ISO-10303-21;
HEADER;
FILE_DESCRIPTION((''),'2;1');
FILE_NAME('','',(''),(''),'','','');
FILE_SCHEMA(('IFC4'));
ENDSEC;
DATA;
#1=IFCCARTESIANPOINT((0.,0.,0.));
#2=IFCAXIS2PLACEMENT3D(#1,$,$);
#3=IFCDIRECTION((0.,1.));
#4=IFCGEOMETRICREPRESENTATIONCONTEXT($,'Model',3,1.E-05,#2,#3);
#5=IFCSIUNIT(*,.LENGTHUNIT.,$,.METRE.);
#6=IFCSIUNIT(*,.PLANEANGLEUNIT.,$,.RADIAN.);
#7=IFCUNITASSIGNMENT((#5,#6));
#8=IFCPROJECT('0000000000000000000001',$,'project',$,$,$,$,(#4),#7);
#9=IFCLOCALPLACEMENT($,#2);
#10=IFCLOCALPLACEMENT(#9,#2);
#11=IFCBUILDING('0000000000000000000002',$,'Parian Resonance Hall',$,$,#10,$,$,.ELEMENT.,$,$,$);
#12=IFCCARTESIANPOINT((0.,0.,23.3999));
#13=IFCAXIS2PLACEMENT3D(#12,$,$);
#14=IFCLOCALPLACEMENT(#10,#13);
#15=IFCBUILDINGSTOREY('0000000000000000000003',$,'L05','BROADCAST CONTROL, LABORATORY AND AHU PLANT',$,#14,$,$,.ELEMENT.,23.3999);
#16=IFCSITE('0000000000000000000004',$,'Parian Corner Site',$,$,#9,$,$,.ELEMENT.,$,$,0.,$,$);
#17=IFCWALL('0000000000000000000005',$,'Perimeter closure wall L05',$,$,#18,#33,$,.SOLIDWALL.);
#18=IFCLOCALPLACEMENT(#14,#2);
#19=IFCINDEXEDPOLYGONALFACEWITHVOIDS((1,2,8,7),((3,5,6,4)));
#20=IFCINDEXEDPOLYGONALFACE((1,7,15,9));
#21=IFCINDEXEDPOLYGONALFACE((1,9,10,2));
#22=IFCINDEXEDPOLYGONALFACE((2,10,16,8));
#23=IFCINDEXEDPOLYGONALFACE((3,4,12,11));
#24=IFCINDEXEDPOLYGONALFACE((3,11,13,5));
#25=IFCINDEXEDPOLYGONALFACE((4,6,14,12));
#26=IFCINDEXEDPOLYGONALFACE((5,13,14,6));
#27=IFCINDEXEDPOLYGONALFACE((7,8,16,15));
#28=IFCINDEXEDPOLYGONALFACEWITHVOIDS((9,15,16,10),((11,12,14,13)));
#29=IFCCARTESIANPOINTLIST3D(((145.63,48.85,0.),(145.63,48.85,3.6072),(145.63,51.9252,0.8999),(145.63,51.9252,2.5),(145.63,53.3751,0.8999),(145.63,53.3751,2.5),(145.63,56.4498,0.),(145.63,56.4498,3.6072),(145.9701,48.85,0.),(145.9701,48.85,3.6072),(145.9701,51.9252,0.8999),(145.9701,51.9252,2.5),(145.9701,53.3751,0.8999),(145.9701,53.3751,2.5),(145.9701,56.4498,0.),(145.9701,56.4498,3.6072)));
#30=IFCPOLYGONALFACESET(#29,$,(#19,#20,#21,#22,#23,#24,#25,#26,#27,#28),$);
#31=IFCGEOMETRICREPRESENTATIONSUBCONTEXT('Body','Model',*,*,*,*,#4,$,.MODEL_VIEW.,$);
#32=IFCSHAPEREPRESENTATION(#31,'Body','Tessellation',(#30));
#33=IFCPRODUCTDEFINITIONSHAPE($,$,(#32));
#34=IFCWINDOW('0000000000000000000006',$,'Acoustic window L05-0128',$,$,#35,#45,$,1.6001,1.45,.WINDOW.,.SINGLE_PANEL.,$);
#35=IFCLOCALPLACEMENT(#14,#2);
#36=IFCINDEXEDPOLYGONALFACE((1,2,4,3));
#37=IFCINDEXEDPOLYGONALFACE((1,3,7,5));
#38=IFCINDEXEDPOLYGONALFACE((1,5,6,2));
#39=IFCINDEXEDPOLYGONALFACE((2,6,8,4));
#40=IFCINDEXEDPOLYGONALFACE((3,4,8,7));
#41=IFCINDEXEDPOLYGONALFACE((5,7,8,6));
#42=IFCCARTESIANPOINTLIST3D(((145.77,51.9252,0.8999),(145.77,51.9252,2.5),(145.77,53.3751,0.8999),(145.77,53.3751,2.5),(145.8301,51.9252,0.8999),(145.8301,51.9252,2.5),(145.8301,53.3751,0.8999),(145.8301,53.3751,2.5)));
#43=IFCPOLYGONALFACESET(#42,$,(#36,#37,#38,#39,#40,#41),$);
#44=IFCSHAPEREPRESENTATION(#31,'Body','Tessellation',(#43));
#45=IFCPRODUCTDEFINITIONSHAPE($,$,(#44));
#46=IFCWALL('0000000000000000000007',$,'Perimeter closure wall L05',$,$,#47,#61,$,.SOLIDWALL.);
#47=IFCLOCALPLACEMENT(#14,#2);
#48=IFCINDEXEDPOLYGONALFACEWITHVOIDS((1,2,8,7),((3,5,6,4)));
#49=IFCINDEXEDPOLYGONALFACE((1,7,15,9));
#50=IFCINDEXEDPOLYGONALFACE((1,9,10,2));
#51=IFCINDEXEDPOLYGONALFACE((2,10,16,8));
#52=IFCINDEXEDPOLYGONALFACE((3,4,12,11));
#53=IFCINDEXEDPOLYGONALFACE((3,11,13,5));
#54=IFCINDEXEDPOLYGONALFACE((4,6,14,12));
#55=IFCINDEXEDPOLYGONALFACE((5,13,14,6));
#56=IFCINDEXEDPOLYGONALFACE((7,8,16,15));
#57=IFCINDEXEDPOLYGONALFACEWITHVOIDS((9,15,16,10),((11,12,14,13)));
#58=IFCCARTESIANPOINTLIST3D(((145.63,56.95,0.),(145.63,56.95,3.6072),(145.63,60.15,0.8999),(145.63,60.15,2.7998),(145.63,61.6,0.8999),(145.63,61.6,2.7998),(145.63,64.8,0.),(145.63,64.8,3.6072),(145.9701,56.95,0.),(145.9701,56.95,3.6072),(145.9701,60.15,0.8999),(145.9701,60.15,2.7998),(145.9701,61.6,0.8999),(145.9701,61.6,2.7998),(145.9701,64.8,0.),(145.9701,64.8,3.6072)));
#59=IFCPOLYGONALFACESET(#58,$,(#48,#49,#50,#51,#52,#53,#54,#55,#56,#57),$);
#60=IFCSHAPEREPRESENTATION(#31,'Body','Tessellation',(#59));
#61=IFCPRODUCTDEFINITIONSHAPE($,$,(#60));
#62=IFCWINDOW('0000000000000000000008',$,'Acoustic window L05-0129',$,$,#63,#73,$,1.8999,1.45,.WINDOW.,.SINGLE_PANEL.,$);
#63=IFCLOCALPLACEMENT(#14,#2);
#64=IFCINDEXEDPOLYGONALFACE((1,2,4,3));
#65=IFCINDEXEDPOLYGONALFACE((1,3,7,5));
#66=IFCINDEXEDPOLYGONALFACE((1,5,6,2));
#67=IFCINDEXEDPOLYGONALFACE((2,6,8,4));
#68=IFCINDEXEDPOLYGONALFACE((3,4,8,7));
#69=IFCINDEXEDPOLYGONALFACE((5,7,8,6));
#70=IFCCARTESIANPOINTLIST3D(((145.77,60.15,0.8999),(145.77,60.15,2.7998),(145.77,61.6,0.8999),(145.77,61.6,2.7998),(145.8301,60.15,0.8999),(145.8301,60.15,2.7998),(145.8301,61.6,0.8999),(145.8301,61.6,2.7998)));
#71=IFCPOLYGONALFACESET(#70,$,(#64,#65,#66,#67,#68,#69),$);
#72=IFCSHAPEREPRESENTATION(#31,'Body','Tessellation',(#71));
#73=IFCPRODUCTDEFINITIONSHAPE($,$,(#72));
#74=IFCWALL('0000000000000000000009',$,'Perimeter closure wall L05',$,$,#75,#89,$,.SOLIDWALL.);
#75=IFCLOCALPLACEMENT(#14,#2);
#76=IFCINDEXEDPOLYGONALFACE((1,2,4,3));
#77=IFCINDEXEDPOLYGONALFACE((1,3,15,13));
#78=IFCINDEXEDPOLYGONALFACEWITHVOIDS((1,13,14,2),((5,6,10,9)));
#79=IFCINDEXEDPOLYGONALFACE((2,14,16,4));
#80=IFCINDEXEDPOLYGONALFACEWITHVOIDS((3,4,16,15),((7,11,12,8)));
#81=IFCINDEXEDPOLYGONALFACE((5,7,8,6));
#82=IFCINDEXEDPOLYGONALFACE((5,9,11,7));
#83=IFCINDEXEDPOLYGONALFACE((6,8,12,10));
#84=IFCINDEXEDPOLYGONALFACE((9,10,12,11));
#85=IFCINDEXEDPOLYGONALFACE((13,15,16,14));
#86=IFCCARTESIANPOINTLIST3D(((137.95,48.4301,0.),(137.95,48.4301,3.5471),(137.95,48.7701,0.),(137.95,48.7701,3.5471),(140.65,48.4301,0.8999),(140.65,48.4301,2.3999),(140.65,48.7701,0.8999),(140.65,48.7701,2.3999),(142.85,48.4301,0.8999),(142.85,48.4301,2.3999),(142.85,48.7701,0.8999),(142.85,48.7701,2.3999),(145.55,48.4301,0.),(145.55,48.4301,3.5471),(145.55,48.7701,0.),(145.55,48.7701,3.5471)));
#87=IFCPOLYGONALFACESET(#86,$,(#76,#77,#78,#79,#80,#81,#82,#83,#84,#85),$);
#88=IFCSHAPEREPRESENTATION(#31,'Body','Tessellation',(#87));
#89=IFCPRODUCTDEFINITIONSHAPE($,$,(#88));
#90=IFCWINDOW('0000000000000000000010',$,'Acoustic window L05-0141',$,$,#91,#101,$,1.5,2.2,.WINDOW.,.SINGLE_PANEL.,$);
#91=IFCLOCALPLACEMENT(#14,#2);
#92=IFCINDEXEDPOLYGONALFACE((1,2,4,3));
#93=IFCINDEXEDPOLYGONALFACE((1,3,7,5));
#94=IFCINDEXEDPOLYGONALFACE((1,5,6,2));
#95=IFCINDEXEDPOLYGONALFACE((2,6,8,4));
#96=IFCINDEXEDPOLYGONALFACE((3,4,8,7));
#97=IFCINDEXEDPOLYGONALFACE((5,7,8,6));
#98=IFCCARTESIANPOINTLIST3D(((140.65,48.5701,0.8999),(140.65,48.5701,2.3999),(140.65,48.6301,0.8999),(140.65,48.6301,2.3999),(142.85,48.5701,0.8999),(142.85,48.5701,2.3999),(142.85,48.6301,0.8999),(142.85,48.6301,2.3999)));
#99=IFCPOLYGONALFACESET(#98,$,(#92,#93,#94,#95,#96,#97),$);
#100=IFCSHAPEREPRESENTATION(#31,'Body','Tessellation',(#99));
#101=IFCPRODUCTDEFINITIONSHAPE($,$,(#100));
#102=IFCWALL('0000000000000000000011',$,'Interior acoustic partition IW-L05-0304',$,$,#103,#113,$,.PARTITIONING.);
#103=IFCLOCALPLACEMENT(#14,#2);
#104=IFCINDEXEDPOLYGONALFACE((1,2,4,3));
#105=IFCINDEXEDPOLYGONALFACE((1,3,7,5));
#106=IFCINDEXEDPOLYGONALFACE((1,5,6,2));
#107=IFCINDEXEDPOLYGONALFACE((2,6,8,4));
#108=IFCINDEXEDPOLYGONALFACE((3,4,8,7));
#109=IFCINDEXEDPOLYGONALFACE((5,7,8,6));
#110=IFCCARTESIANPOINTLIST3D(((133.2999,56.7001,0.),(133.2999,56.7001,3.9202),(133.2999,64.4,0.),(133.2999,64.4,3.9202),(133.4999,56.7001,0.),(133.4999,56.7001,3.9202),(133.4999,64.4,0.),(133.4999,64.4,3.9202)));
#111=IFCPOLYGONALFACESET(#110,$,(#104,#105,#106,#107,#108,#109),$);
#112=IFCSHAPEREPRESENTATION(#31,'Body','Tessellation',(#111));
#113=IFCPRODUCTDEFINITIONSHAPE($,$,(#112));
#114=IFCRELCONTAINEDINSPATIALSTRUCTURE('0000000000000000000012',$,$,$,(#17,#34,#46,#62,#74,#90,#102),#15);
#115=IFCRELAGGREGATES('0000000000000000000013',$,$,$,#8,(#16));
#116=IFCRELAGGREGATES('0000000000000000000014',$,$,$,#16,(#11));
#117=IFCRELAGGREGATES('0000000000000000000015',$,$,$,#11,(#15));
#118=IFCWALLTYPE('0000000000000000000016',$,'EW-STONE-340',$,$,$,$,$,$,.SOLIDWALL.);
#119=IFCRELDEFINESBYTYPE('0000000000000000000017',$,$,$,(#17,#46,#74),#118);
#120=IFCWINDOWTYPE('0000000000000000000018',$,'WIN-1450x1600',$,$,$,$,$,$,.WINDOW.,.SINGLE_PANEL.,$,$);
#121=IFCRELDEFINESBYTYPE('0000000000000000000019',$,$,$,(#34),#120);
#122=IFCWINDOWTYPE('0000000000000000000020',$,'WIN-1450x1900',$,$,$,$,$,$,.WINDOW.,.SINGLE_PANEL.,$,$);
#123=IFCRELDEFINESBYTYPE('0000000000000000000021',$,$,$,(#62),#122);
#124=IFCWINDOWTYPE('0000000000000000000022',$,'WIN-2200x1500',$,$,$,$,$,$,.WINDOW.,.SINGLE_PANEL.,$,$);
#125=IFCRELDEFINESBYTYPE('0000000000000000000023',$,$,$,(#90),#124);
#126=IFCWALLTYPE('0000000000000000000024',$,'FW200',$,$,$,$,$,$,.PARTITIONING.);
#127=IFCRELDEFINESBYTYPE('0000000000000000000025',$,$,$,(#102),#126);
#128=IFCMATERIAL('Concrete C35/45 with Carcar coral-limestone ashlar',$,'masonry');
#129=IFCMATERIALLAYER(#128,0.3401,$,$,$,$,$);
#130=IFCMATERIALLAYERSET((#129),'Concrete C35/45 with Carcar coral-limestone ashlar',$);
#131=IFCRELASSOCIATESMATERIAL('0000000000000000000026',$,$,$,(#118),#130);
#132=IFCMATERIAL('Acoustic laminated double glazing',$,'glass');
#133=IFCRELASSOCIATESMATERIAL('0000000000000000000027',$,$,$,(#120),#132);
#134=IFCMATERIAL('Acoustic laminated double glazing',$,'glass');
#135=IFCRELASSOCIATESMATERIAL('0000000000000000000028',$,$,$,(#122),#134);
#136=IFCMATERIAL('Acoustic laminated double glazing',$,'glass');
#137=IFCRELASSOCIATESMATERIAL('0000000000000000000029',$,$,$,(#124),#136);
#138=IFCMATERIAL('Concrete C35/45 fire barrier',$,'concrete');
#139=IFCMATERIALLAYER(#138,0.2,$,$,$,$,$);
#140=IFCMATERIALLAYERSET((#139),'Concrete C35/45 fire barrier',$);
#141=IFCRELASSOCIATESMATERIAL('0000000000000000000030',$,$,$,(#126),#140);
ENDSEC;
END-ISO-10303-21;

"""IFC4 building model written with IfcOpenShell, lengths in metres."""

from ifc_helpers import new_model, si_unit, direction, frame, frame_2d, origin, place, context, subcontext, project, spatial, rectangle, extrude, material, layer, layer_set, type_object, element, fill, save


model = new_model("IFC4")

# Units and contexts
model_context = context("Model", 3, precision=1e-05, world=origin(), true_north=direction((0.0, 1.0)))
body_context = subcontext(model_context, "Body", "Model", "MODEL_VIEW")
ifc_project = project(units=[si_unit("LENGTHUNIT", "METRE"), si_unit("PLANEANGLEUNIT", "RADIAN")], contexts=[model_context])

# Site, building, storey
site_placement = place(None, origin())
site = spatial("IfcSite", under=ifc_project, at=site_placement, Name="Parian Corner Site", CompositionType="ELEMENT", RefElevation=0.0)
building_placement = place(site_placement, origin())
building = spatial("IfcBuilding", under=site, at=building_placement, Name="Parian Resonance Hall", CompositionType="ELEMENT")
storey_placement = place(building_placement, frame((0.0, 0.0, 23.3999)))
storey = spatial("IfcBuildingStorey", under=building, at=storey_placement, Name="L05", Description="BROADCAST CONTROL, LABORATORY AND AHU PLANT", CompositionType="ELEMENT", Elevation=23.3999)

# Walls, openings, windows
ifc_material_1 = material(Name="Concrete C35/45 with Carcar coral-limestone ashlar", Category="masonry")
ifc_layer_1 = layer(ifc_material_1, 0.3401)
ifc_layer_set_1 = layer_set([ifc_layer_1], Name="Concrete C35/45 with Carcar coral-limestone ashlar")
wall_type_1 = type_object("IfcWallType", Name="EW-STONE-340", PredefinedType="SOLIDWALL", material=ifc_layer_set_1)
wall_1_placement = place(storey_placement, frame((145.8, 48.8501, 0.0), z_axis=(0.0, 0.0, 1.0), x_axis=(0.0, 1.0, 0.0)))
wall_1 = element("IfcWall", 1, at=wall_1_placement, inside=storey, type_object=wall_type_1, Name="Perimeter closure wall L05", PredefinedType="SOLIDWALL", context=body_context, shape_type="SweptSolid", body=[
    extrude(rectangle(XDim=7.5999, YDim=0.3401, at=frame_2d((3.7998, 0.0))), origin(), (0.0, 0.0, 1.0), 3.6072),
])
opening_1_placement = place(wall_1_placement, frame((3.075, 0.0, 0.8999)))
opening_1 = element("IfcOpeningElement", 2, at=opening_1_placement, cuts=wall_1, PredefinedType="OPENING", context=body_context, shape_type="SweptSolid", body=[
    extrude(rectangle(XDim=1.45, YDim=1.6001, at=frame_2d((0.7251, 0.8))), frame((0.0, 0.1799, 0.0), z_axis=(0.0, -1.0, 0.0), x_axis=(1.0, 0.0, 0.0)), (0.0, 0.0, 1.0), 0.3601),
])
ifc_material_2 = material(Name="Acoustic laminated double glazing", Category="glass")
window_type_1 = type_object("IfcWindowType", Name="WIN-1450x1600", PartitioningType="SINGLE_PANEL", PredefinedType="WINDOW", material=ifc_material_2)
window_1_placement = place(opening_1_placement, origin())
window_1 = element("IfcWindow", 3, at=window_1_placement, inside=storey, type_object=window_type_1, Name="Acoustic window L05-0128", OverallHeight=1.6001, OverallWidth=1.45, PartitioningType="SINGLE_PANEL", PredefinedType="WINDOW", context=body_context, shape_type="SweptSolid", body=[
    extrude(rectangle(XDim=1.45, YDim=1.6001, at=frame_2d((0.7251, 0.8))), frame((0.0, 0.03, 0.0), z_axis=(0.0, -1.0, 0.0), x_axis=(1.0, 0.0, 0.0)), (0.0, 0.0, 1.0), 0.0601),
])
fill(opening_1, window_1)
wall_2_placement = place(storey_placement, frame((145.8, 56.95, 0.0), z_axis=(0.0, 0.0, 1.0), x_axis=(0.0, 1.0, 0.0)))
wall_2 = element("IfcWall", 4, at=wall_2_placement, inside=storey, type_object=wall_type_1, Name="Perimeter closure wall L05", PredefinedType="SOLIDWALL", context=body_context, shape_type="SweptSolid", body=[
    extrude(rectangle(XDim=7.8501, YDim=0.3401, at=frame_2d((3.925, 0.0))), origin(), (0.0, 0.0, 1.0), 3.6072),
])
opening_2_placement = place(wall_2_placement, frame((3.2, 0.0, 0.8999)))
opening_2 = element("IfcOpeningElement", 5, at=opening_2_placement, cuts=wall_2, PredefinedType="OPENING", context=body_context, shape_type="SweptSolid", body=[
    extrude(rectangle(XDim=1.45, YDim=1.8999, at=frame_2d((0.7251, 0.95))), frame((0.0, 0.1799, 0.0), z_axis=(0.0, -1.0, 0.0), x_axis=(1.0, 0.0, 0.0)), (0.0, 0.0, 1.0), 0.3601),
])
ifc_material_3 = material(Name="Acoustic laminated double glazing", Category="glass")
window_type_2 = type_object("IfcWindowType", Name="WIN-1450x1900", PartitioningType="SINGLE_PANEL", PredefinedType="WINDOW", material=ifc_material_3)
window_2_placement = place(opening_2_placement, origin())
window_2 = element("IfcWindow", 6, at=window_2_placement, inside=storey, type_object=window_type_2, Name="Acoustic window L05-0129", OverallHeight=1.8999, OverallWidth=1.45, PartitioningType="SINGLE_PANEL", PredefinedType="WINDOW", context=body_context, shape_type="SweptSolid", body=[
    extrude(rectangle(XDim=1.45, YDim=1.8999, at=frame_2d((0.7251, 0.95))), frame((0.0, 0.03, 0.0), z_axis=(0.0, -1.0, 0.0), x_axis=(1.0, 0.0, 0.0)), (0.0, 0.0, 1.0), 0.0601),
])
fill(opening_2, window_2)
wall_3_placement = place(storey_placement, frame((137.95, 48.6001, 0.0), z_axis=(0.0, 0.0, 1.0), x_axis=(1.0, 0.0, 0.0)))
wall_3 = element("IfcWall", 7, at=wall_3_placement, inside=storey, type_object=wall_type_1, Name="Perimeter closure wall L05", PredefinedType="SOLIDWALL", context=body_context, shape_type="SweptSolid", body=[
    extrude(rectangle(XDim=7.6001, YDim=0.3401, at=frame_2d((3.8, 0.0))), origin(), (0.0, 0.0, 1.0), 3.5471),
])
opening_3_placement = place(wall_3_placement, frame((2.7, 0.0, 0.8999)))
opening_3 = element("IfcOpeningElement", 8, at=opening_3_placement, cuts=wall_3, PredefinedType="OPENING", context=body_context, shape_type="SweptSolid", body=[
    extrude(rectangle(XDim=2.2, YDim=1.5, at=frame_2d((1.1001, 0.75))), frame((0.0, 0.1799, 0.0), z_axis=(0.0, -1.0, 0.0), x_axis=(1.0, 0.0, 0.0)), (0.0, 0.0, 1.0), 0.3601),
])
ifc_material_4 = material(Name="Acoustic laminated double glazing", Category="glass")
window_type_3 = type_object("IfcWindowType", Name="WIN-2200x1500", PartitioningType="SINGLE_PANEL", PredefinedType="WINDOW", material=ifc_material_4)
window_3_placement = place(opening_3_placement, origin())
window_3 = element("IfcWindow", 9, at=window_3_placement, inside=storey, type_object=window_type_3, Name="Acoustic window L05-0141", OverallHeight=1.5, OverallWidth=2.2, PartitioningType="SINGLE_PANEL", PredefinedType="WINDOW", context=body_context, shape_type="SweptSolid", body=[
    extrude(rectangle(XDim=2.2, YDim=1.5, at=frame_2d((1.1001, 0.75))), frame((0.0, 0.03, 0.0), z_axis=(0.0, -1.0, 0.0), x_axis=(1.0, 0.0, 0.0)), (0.0, 0.0, 1.0), 0.0601),
])
fill(opening_3, window_3)

# Wall
ifc_material_5 = material(Name="Concrete C35/45 fire barrier", Category="concrete")
ifc_layer_2 = layer(ifc_material_5, 0.2)
ifc_layer_set_2 = layer_set([ifc_layer_2], Name="Concrete C35/45 fire barrier")
wall_type_2 = type_object("IfcWallType", Name="FW200", PredefinedType="PARTITIONING", material=ifc_layer_set_2)
wall_4_placement = place(storey_placement, frame((133.3999, 56.7, 0.0), z_axis=(0.0, 0.0, 1.0), x_axis=(0.0, 1.0, 0.0)))
element("IfcWall", 10, at=wall_4_placement, inside=storey, type_object=wall_type_2, Name="Interior acoustic partition IW-L05-0304", PredefinedType="PARTITIONING", context=body_context, shape_type="SweptSolid", body=[
    extrude(rectangle(XDim=7.7, YDim=0.2, at=frame_2d((3.8501, 0.0))), origin(), (0.0, 0.0, 1.0), 3.9202),
])

save(model, "model.ifc")
